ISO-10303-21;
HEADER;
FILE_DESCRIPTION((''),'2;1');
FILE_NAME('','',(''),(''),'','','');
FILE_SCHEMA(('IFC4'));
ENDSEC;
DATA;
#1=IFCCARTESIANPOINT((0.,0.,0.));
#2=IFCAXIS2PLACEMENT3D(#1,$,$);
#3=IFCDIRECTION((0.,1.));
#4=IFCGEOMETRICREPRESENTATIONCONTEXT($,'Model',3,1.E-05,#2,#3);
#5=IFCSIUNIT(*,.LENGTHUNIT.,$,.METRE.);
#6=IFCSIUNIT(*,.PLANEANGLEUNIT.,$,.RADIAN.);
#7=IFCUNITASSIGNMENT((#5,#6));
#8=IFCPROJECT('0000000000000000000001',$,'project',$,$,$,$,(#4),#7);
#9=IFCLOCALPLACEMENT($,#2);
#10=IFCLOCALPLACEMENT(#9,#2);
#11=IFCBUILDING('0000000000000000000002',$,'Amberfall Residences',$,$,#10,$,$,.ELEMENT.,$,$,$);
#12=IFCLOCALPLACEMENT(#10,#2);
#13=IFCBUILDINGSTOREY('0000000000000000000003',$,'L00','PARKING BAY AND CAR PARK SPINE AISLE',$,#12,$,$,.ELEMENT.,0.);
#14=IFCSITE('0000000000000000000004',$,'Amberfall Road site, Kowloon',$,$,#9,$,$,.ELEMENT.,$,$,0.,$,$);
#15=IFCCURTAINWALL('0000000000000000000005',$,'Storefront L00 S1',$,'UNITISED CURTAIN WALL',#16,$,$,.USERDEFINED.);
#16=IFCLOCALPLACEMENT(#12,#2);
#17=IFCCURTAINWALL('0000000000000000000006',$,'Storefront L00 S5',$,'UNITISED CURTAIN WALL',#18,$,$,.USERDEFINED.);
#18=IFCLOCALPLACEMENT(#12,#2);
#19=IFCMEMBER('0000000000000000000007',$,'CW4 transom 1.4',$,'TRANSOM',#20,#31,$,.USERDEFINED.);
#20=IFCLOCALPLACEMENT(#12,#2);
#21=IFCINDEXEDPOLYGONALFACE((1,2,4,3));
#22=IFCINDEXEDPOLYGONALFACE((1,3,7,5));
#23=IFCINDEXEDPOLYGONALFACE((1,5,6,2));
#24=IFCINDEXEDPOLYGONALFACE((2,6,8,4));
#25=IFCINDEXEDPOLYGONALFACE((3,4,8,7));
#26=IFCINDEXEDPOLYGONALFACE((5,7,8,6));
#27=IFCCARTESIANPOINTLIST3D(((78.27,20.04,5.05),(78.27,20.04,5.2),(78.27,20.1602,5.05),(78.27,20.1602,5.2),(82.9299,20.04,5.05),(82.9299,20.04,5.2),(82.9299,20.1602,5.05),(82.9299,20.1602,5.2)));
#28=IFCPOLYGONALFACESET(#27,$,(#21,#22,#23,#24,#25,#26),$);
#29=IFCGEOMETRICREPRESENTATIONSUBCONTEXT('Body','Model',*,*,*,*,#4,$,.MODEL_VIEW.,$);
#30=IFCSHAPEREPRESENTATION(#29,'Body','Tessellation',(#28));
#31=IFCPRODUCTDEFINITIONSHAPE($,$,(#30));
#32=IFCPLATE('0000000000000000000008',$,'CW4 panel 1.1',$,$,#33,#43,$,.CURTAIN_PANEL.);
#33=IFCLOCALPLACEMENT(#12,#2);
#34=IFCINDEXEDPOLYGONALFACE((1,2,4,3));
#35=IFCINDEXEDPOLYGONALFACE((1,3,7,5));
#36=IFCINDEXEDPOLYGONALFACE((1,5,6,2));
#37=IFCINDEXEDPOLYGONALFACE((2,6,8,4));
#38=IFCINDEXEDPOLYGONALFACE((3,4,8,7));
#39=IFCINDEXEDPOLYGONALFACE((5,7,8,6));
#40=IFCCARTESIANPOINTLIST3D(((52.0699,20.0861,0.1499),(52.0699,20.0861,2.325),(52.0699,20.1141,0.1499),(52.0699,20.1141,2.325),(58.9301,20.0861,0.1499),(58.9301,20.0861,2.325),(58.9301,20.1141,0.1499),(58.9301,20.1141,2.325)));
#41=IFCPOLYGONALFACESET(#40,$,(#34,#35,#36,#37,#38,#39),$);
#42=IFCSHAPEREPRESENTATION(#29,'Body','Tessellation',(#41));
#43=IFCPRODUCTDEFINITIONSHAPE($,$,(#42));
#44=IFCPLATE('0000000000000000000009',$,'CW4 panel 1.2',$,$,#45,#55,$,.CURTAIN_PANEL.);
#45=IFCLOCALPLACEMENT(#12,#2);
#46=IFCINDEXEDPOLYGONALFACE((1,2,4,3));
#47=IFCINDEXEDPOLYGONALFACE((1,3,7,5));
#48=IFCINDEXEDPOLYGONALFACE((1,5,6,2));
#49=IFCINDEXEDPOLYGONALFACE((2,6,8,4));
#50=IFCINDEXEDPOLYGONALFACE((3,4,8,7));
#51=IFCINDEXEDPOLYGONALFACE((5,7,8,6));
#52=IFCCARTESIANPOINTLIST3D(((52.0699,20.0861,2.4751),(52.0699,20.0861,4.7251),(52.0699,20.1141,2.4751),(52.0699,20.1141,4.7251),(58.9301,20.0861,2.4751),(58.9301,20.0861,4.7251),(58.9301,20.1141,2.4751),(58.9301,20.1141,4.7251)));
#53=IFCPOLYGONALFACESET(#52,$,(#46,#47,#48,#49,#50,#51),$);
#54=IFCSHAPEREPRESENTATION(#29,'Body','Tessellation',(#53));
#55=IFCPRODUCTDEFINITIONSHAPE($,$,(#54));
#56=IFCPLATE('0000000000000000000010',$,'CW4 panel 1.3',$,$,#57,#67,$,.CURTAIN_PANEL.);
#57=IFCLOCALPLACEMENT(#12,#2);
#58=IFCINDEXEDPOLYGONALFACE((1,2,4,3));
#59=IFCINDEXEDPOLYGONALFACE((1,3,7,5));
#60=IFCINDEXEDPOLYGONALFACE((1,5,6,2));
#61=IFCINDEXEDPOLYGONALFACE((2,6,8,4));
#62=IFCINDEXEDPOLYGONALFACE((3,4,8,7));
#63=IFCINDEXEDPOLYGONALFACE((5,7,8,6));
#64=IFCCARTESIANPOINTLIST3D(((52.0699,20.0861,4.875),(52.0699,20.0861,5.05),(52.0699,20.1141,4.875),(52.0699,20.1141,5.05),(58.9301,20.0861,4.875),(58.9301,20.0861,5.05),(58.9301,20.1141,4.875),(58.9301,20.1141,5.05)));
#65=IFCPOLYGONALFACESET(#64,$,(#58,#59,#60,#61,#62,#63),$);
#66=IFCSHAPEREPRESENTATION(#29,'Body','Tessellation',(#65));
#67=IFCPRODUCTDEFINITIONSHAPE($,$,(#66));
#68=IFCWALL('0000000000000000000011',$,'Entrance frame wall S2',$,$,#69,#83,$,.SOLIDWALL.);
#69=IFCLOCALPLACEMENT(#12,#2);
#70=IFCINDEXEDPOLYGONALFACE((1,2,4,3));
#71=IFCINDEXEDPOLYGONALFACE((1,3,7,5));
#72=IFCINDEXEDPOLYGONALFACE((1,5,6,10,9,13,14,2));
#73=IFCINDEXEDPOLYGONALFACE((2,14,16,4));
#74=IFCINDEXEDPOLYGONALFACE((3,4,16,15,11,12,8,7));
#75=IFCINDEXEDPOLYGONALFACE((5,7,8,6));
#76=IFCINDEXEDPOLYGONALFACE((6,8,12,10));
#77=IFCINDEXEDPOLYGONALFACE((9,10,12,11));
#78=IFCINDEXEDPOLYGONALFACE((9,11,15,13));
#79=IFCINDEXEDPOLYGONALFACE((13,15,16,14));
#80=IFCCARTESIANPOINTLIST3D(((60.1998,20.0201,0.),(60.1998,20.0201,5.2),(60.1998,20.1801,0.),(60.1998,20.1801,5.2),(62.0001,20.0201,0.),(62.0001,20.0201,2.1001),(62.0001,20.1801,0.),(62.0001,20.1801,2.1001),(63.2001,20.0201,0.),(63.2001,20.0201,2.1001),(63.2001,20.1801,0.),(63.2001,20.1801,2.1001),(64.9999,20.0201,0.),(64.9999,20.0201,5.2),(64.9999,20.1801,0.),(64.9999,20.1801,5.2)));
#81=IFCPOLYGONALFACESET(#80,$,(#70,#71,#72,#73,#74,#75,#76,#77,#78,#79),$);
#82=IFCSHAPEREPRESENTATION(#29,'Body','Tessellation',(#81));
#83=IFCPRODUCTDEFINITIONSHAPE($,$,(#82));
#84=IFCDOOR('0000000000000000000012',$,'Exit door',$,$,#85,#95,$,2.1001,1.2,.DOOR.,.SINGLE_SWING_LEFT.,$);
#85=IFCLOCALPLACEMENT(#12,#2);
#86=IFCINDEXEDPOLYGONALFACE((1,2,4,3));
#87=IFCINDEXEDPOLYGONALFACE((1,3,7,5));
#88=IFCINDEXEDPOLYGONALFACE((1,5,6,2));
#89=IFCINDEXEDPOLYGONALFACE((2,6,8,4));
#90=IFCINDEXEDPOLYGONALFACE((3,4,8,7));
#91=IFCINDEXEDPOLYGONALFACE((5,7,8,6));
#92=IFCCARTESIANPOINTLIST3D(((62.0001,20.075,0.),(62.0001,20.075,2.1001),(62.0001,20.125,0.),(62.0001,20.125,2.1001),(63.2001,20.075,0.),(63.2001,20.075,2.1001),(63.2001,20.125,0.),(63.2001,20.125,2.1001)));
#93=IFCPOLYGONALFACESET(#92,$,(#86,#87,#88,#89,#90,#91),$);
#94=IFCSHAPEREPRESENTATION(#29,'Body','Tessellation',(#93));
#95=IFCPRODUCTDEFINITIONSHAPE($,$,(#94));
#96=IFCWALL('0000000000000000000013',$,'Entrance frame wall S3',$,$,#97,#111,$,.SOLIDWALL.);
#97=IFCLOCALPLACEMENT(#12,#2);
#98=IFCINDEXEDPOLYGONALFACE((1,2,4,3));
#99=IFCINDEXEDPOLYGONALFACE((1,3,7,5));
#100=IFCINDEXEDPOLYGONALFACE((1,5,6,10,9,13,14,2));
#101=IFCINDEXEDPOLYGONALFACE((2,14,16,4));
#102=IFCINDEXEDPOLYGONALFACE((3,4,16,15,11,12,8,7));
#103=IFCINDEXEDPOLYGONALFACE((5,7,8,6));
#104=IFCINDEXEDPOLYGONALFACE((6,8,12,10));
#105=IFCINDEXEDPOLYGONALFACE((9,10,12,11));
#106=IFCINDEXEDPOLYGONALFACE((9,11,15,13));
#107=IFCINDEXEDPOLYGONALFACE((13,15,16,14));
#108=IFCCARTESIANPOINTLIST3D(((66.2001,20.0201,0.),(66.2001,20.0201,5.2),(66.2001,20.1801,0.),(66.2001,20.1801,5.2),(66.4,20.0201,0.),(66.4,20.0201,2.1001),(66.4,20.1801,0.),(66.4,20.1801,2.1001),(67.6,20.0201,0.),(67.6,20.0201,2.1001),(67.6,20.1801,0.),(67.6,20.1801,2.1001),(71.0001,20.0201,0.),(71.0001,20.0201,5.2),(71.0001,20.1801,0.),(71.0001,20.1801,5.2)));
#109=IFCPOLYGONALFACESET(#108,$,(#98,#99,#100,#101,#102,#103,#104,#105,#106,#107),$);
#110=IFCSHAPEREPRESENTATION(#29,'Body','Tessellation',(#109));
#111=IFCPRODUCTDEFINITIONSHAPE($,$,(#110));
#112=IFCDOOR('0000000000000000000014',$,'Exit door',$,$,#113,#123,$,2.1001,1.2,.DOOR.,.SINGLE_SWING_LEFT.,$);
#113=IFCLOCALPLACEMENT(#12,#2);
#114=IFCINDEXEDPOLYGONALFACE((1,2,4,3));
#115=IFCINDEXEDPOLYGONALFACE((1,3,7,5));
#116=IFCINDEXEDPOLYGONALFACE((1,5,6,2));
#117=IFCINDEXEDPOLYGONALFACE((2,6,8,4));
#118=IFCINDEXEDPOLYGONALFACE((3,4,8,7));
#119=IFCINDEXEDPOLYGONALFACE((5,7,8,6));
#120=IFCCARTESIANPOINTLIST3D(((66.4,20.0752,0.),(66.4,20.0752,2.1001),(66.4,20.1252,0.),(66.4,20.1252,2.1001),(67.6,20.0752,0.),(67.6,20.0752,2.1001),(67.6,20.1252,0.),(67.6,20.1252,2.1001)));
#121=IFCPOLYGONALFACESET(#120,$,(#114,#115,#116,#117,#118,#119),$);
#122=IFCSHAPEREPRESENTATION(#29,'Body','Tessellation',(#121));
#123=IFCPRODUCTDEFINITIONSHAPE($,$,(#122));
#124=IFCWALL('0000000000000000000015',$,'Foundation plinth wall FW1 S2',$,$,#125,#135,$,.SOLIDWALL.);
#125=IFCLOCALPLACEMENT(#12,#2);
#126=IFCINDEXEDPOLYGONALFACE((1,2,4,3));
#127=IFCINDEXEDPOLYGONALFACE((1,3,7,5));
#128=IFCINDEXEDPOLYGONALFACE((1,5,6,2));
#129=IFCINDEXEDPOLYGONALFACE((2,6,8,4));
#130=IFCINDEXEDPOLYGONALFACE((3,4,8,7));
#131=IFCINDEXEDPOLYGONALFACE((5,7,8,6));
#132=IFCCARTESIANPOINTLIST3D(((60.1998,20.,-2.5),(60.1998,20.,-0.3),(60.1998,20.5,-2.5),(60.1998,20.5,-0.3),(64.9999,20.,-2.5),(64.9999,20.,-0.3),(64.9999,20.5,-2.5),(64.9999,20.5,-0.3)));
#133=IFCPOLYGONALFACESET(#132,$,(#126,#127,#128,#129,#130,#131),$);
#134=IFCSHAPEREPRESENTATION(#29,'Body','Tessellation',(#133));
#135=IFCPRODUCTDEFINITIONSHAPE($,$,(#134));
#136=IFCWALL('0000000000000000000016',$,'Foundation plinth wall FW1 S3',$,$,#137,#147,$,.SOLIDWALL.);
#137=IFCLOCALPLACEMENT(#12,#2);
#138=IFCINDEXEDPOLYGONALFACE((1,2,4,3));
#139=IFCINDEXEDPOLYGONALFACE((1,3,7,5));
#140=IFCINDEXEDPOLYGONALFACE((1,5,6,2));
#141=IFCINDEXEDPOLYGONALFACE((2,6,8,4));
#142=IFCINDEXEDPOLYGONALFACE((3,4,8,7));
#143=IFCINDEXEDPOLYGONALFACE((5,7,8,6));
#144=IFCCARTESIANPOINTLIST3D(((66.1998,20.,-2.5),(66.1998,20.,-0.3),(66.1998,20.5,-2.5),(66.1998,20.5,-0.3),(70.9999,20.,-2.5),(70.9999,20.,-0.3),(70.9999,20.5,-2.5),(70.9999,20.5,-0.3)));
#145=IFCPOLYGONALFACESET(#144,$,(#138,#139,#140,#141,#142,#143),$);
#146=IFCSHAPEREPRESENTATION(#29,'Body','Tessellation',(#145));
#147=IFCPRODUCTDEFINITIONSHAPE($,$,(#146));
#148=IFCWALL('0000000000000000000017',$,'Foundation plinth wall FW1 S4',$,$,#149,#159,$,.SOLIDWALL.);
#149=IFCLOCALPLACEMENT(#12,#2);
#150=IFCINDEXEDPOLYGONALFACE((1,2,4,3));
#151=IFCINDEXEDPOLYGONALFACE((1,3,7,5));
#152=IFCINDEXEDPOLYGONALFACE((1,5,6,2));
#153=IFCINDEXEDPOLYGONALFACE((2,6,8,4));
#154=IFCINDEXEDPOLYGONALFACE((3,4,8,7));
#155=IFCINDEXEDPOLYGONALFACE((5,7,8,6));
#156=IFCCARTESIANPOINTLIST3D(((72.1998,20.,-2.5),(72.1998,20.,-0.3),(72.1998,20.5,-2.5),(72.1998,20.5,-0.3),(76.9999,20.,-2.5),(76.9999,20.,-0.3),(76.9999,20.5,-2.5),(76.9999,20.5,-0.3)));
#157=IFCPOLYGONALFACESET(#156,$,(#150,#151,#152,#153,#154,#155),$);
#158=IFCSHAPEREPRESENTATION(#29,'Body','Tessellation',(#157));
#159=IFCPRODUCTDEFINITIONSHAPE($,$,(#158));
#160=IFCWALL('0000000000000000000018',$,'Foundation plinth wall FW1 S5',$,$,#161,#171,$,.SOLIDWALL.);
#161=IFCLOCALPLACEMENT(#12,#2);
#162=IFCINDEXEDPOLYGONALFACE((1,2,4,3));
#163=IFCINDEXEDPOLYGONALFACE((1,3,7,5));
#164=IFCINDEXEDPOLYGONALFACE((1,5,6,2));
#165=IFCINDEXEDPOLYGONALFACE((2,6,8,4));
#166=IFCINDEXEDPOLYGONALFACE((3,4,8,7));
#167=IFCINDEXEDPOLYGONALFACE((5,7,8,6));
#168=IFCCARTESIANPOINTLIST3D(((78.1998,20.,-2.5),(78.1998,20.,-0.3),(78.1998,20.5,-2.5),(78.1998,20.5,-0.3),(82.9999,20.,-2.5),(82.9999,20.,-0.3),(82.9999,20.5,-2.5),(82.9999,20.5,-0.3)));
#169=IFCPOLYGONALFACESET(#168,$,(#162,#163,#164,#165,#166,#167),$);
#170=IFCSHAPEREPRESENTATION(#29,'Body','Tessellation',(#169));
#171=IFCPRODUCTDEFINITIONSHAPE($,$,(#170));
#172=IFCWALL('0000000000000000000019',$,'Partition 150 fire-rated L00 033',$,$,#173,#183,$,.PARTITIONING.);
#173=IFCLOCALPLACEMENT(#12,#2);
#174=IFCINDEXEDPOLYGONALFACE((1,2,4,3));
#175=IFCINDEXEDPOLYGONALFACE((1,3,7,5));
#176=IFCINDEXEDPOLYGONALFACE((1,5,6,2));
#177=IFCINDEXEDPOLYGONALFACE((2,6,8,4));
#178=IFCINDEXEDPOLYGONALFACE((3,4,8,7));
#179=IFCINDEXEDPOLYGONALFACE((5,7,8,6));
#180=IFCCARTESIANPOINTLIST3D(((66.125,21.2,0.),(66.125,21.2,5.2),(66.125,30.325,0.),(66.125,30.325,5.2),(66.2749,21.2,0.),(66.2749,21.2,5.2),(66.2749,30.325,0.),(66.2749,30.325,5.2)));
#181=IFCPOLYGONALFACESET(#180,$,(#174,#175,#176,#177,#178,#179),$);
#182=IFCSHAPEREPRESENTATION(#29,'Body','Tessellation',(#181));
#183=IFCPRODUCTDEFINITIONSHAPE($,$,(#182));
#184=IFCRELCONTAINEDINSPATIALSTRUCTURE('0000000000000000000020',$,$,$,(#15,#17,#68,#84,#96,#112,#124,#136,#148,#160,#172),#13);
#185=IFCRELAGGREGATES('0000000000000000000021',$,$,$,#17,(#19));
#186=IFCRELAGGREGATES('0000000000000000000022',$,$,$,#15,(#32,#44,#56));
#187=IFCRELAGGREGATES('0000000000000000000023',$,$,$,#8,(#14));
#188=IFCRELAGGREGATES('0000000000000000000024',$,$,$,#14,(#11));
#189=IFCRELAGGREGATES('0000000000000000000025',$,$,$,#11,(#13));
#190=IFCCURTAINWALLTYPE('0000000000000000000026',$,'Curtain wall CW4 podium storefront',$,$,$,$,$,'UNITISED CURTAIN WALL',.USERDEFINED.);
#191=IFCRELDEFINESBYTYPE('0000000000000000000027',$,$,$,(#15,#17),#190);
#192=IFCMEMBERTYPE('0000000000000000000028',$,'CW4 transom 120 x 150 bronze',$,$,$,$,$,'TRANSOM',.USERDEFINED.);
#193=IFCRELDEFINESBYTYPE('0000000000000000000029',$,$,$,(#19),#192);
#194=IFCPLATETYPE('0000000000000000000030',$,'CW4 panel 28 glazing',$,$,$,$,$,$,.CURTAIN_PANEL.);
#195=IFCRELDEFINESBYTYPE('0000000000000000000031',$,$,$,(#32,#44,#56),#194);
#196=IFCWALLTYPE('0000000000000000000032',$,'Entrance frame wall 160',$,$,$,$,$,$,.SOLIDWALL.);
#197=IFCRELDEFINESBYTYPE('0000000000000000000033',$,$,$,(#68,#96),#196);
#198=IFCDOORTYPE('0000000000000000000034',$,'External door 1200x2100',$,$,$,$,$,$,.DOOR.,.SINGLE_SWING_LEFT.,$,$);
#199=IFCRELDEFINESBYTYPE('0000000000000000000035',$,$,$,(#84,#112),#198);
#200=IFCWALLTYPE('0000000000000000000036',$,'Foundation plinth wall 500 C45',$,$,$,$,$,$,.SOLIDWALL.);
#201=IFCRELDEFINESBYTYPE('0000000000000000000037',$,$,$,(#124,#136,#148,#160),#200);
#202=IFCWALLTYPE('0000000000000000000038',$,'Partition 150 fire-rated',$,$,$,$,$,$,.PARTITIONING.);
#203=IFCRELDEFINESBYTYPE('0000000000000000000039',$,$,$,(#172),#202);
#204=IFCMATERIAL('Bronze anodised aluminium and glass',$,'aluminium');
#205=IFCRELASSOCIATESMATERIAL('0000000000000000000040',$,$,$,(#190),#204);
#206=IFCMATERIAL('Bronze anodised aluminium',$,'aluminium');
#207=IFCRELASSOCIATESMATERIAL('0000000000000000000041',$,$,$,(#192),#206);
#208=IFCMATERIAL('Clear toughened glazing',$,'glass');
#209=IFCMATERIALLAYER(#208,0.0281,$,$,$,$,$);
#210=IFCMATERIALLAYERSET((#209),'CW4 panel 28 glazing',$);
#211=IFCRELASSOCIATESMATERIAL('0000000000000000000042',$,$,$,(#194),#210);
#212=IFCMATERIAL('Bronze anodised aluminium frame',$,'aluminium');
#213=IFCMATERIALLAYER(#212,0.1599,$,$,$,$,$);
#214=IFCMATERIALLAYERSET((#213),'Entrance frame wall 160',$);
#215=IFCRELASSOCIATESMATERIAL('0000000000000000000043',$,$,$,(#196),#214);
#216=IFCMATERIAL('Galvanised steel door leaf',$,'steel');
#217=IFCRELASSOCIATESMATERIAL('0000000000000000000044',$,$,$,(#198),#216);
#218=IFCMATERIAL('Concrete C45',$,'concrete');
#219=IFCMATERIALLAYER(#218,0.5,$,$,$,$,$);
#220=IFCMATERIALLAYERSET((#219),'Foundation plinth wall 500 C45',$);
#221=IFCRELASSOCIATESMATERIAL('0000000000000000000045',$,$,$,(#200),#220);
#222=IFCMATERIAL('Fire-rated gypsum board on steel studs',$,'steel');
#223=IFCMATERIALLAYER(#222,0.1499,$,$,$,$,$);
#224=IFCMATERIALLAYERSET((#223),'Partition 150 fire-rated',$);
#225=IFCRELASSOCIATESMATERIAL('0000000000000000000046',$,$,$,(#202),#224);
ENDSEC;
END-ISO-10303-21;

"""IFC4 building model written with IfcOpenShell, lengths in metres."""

from ifc_helpers import new_model, si_unit, direction, frame, frame_2d, origin, origin_2d, place, context, subcontext, project, spatial, rectangle, extrude, material, layer, layer_set, material_profile, profile_set, type_object, element, fill, aggregate, save


model = new_model("IFC4")

# Units and contexts
model_context = context("Model", 3, precision=1e-05, world=origin(), true_north=direction((0.0, 1.0)))
body_context = subcontext(model_context, "Body", "Model", "MODEL_VIEW")
ifc_project = project(units=[si_unit("LENGTHUNIT", "METRE"), si_unit("PLANEANGLEUNIT", "RADIAN")], contexts=[model_context])

# Site, building, storey
site_placement = place(None, origin())
site = spatial("IfcSite", under=ifc_project, at=site_placement, Name="Amberfall Road site, Kowloon", CompositionType="ELEMENT", RefElevation=0.0)
building_placement = place(site_placement, origin())
building = spatial("IfcBuilding", under=site, at=building_placement, Name="Amberfall Residences", CompositionType="ELEMENT")
storey_placement = place(building_placement, origin())
storey = spatial("IfcBuildingStorey", under=building, at=storey_placement, Name="L00", Description="PARKING BAY AND CAR PARK SPINE AISLE", CompositionType="ELEMENT", Elevation=0.0)

# Shared definitions
ifc_material_1 = material(Name="Concrete C45", Category="concrete")

# Curtain wall
ifc_material_2 = material(Name="Bronze anodised aluminium and glass", Category="aluminium")
curtain_wall_type = type_object("IfcCurtainWallType", Name="Curtain wall CW4 podium storefront", ElementType="UNITISED CURTAIN WALL", PredefinedType="USERDEFINED", material=ifc_material_2)
curtain_wall_1_placement = place(storey_placement, origin())
curtain_wall_1 = element("IfcCurtainWall", 1, at=curtain_wall_1_placement, inside=storey, type_object=curtain_wall_type, Name="Storefront L00 S1", ObjectType="UNITISED CURTAIN WALL", PredefinedType="USERDEFINED")
ifc_material_3 = material(Name="Bronze anodised aluminium", Category="aluminium")

# Curtain wall, member
curtain_wall_2_placement = place(storey_placement, origin())
curtain_wall_2 = element("IfcCurtainWall", 2, at=curtain_wall_2_placement, inside=storey, type_object=curtain_wall_type, Name="Storefront L00 S5", ObjectType="UNITISED CURTAIN WALL", PredefinedType="USERDEFINED")
ifc_material_profile_1 = material_profile(ifc_material_3, rectangle(XDim=0.1201, YDim=0.1499, at=origin_2d()), Name="CW4 transom 120 x 150 bronze")
ifc_profile_set_1 = profile_set([ifc_material_profile_1], Name="Bronze anodised aluminium")
member_type_1 = type_object("IfcMemberType", Name="CW4 transom 120 x 150 bronze", ElementType="TRANSOM", PredefinedType="USERDEFINED", material=ifc_profile_set_1)
member_1_placement = place(storey_placement, frame((78.27, 20.1001, 5.125), z_axis=(1.0, 0.0, 0.0), x_axis=(0.0, 1.0, 0.0)))
member_1 = element("IfcMember", 3, at=member_1_placement, type_object=member_type_1, Name="CW4 transom 1.4", ObjectType="TRANSOM", PredefinedType="USERDEFINED", context=body_context, shape_type="SweptSolid", body=[
    extrude(rectangle(XDim=0.1201, YDim=0.1499, at=origin_2d()), origin(), (0.0, 0.0, 1.0), 4.6599),
])
aggregate(curtain_wall_2, [member_1])

# Plates
ifc_material_4 = material(Name="Clear toughened glazing", Category="glass")
ifc_layer_1 = layer(ifc_material_4, 0.0281)
ifc_layer_set_1 = layer_set([ifc_layer_1], Name="CW4 panel 28 glazing")
plate_type = type_object("IfcPlateType", Name="CW4 panel 28 glazing", PredefinedType="CURTAIN_PANEL", material=ifc_layer_set_1)
plate_1_placement = place(storey_placement, frame((55.5, 20.1001, 0.1499), z_axis=(0.0, 0.0, 1.0), x_axis=(1.0, 0.0, 0.0)))
plate_1 = element("IfcPlate", 4, at=plate_1_placement, type_object=plate_type, Name="CW4 panel 1.1", PredefinedType="CURTAIN_PANEL", context=body_context, shape_type="SweptSolid", body=[
    extrude(rectangle(XDim=6.8601, YDim=0.0281, at=origin_2d()), origin(), (0.0, 0.0, 1.0), 2.175),
])
plate_2_placement = place(storey_placement, frame((55.5, 20.1001, 2.4751), z_axis=(0.0, 0.0, 1.0), x_axis=(1.0, 0.0, 0.0)))
plate_2 = element("IfcPlate", 5, at=plate_2_placement, type_object=plate_type, Name="CW4 panel 1.2", PredefinedType="CURTAIN_PANEL", context=body_context, shape_type="SweptSolid", body=[
    extrude(rectangle(XDim=6.8601, YDim=0.0281, at=origin_2d()), origin(), (0.0, 0.0, 1.0), 2.25),
])
plate_3_placement = place(storey_placement, frame((55.5, 20.1001, 4.875), z_axis=(0.0, 0.0, 1.0), x_axis=(1.0, 0.0, 0.0)))
plate_3 = element("IfcPlate", 6, at=plate_3_placement, type_object=plate_type, Name="CW4 panel 1.3", PredefinedType="CURTAIN_PANEL", context=body_context, shape_type="SweptSolid", body=[
    extrude(rectangle(XDim=6.8601, YDim=0.0281, at=origin_2d()), origin(), (0.0, 0.0, 1.0), 0.175),
])
aggregate(curtain_wall_1, [plate_1, plate_2, plate_3])

# Walls, openings, doors
ifc_material_5 = material(Name="Bronze anodised aluminium frame", Category="aluminium")
ifc_layer_2 = layer(ifc_material_5, 0.1599)
ifc_layer_set_2 = layer_set([ifc_layer_2], Name="Entrance frame wall 160")
wall_type_1 = type_object("IfcWallType", Name="Entrance frame wall 160", PredefinedType="SOLIDWALL", material=ifc_layer_set_2)
wall_1_placement = place(storey_placement, frame((60.2, 20.1001, 0.0), z_axis=(0.0, 0.0, 1.0), x_axis=(1.0, 0.0, 0.0)))
wall_1 = element("IfcWall", 7, at=wall_1_placement, inside=storey, type_object=wall_type_1, Name="Entrance frame wall S2", PredefinedType="SOLIDWALL", context=body_context, shape_type="SweptSolid", body=[
    extrude(rectangle(XDim=4.8, YDim=0.1599, at=frame_2d((2.3999, 0.0))), origin(), (0.0, 0.0, 1.0), 5.2),
])
opening_1_placement = place(wall_1_placement, frame((1.8, 0.0, 0.0)))
opening_1 = element("IfcOpeningElement", 8, at=opening_1_placement, cuts=wall_1, PredefinedType="OPENING", context=body_context, shape_type="SweptSolid", body=[
    extrude(rectangle(XDim=1.2, YDim=2.1001, at=frame_2d((0.6001, 1.05))), frame((0.0, 0.0898, 0.0), z_axis=(0.0, -1.0, 0.0), x_axis=(1.0, 0.0, 0.0)), (0.0, 0.0, 1.0), 0.1799),
])
ifc_material_6 = material(Name="Galvanised steel door leaf", Category="steel")
door_type_1 = type_object("IfcDoorType", Name="External door 1200x2100", OperationType="SINGLE_SWING_LEFT", PredefinedType="DOOR", material=ifc_material_6)
door_1_placement = place(opening_1_placement, origin())
door_1 = element("IfcDoor", 9, at=door_1_placement, inside=storey, type_object=door_type_1, Name="Exit door", OperationType="SINGLE_SWING_LEFT", OverallHeight=2.1001, OverallWidth=1.2, PredefinedType="DOOR", context=body_context, shape_type="SweptSolid", body=[
    extrude(rectangle(XDim=1.2, YDim=2.1001, at=frame_2d((0.6001, 1.05))), frame((0.0, 0.0249, 0.0), z_axis=(0.0, -1.0, 0.0), x_axis=(1.0, 0.0, 0.0)), (0.0, 0.0, 1.0), 0.05),
])
fill(opening_1, door_1)
wall_2_placement = place(storey_placement, frame((71.0, 20.1001, 0.0), z_axis=(0.0, 0.0, 1.0), x_axis=(-1.0, 0.0, 0.0)))
wall_2 = element("IfcWall", 10, at=wall_2_placement, inside=storey, type_object=wall_type_1, Name="Entrance frame wall S3", PredefinedType="SOLIDWALL", context=body_context, shape_type="SweptSolid", body=[
    extrude(rectangle(XDim=4.8, YDim=0.1599, at=frame_2d((2.3999, 0.0))), origin(), (0.0, 0.0, 1.0), 5.2),
])
opening_2_placement = place(wall_2_placement, frame((3.3999, 0.0, 0.0)))
opening_2 = element("IfcOpeningElement", 11, at=opening_2_placement, cuts=wall_2, PredefinedType="OPENING", context=body_context, shape_type="SweptSolid", body=[
    extrude(rectangle(XDim=1.2, YDim=2.1001, at=frame_2d((0.6001, 1.05))), frame((0.0, 0.0898, 0.0), z_axis=(0.0, -1.0, 0.0), x_axis=(1.0, 0.0, 0.0)), (0.0, 0.0, 1.0), 0.1799),
])
door_2_placement = place(opening_2_placement, origin())
door_2 = element("IfcDoor", 12, at=door_2_placement, inside=storey, type_object=door_type_1, Name="Exit door", OperationType="SINGLE_SWING_LEFT", OverallHeight=2.1001, OverallWidth=1.2, PredefinedType="DOOR", context=body_context, shape_type="SweptSolid", body=[
    extrude(rectangle(XDim=1.2, YDim=2.1001, at=frame_2d((0.6001, 1.05))), frame((0.0, 0.0249, 0.0), z_axis=(0.0, -1.0, 0.0), x_axis=(1.0, 0.0, 0.0)), (0.0, 0.0, 1.0), 0.05),
])
fill(opening_2, door_2)

# Walls
ifc_layer_3 = layer(ifc_material_1, 0.5)
ifc_layer_set_3 = layer_set([ifc_layer_3], Name="Foundation plinth wall 500 C45")
wall_type_2 = type_object("IfcWallType", Name="Foundation plinth wall 500 C45", PredefinedType="SOLIDWALL", material=ifc_layer_set_3)
for number, where, z_axis, x_axis, name in (
    (13, (60.2, 20.25, -2.5), (0.0, 0.0, 1.0), (1.0, 0.0, 0.0), "Foundation plinth wall FW1 S2"),
    (14, (66.2, 20.25, -2.5), (0.0, 0.0, 1.0), (1.0, 0.0, 0.0), "Foundation plinth wall FW1 S3"),
    (15, (72.2, 20.25, -2.5), (0.0, 0.0, 1.0), (1.0, 0.0, 0.0), "Foundation plinth wall FW1 S4"),
    (16, (78.2, 20.25, -2.5), (0.0, 0.0, 1.0), (1.0, 0.0, 0.0), "Foundation plinth wall FW1 S5"),
):
    element("IfcWall", number, at=place(storey_placement, frame(where, z_axis=z_axis, x_axis=x_axis)), inside=storey, type_object=wall_type_2, Name=name, PredefinedType="SOLIDWALL", context=body_context, shape_type="SweptSolid", body=[
        extrude(rectangle(XDim=4.8, YDim=0.5, at=frame_2d((2.3999, 0.0))), origin(), (0.0, 0.0, 1.0), 2.2),
    ])
ifc_material_7 = material(Name="Fire-rated gypsum board on steel studs", Category="steel")
ifc_layer_4 = layer(ifc_material_7, 0.1499)
ifc_layer_set_4 = layer_set([ifc_layer_4], Name="Partition 150 fire-rated")
wall_type_3 = type_object("IfcWallType", Name="Partition 150 fire-rated", PredefinedType="PARTITIONING", material=ifc_layer_set_4)
wall_3_placement = place(storey_placement, frame((66.2, 21.2, 0.0), z_axis=(0.0, 0.0, 1.0), x_axis=(0.0, 1.0, 0.0)))
element("IfcWall", 17, at=wall_3_placement, inside=storey, type_object=wall_type_3, Name="Partition 150 fire-rated L00 033", PredefinedType="PARTITIONING", context=body_context, shape_type="SweptSolid", body=[
    extrude(rectangle(XDim=9.125, YDim=0.1499, at=frame_2d((4.5625, 0.0))), origin(), (0.0, 0.0, 1.0), 5.2),
])

save(model, "model.ifc")
